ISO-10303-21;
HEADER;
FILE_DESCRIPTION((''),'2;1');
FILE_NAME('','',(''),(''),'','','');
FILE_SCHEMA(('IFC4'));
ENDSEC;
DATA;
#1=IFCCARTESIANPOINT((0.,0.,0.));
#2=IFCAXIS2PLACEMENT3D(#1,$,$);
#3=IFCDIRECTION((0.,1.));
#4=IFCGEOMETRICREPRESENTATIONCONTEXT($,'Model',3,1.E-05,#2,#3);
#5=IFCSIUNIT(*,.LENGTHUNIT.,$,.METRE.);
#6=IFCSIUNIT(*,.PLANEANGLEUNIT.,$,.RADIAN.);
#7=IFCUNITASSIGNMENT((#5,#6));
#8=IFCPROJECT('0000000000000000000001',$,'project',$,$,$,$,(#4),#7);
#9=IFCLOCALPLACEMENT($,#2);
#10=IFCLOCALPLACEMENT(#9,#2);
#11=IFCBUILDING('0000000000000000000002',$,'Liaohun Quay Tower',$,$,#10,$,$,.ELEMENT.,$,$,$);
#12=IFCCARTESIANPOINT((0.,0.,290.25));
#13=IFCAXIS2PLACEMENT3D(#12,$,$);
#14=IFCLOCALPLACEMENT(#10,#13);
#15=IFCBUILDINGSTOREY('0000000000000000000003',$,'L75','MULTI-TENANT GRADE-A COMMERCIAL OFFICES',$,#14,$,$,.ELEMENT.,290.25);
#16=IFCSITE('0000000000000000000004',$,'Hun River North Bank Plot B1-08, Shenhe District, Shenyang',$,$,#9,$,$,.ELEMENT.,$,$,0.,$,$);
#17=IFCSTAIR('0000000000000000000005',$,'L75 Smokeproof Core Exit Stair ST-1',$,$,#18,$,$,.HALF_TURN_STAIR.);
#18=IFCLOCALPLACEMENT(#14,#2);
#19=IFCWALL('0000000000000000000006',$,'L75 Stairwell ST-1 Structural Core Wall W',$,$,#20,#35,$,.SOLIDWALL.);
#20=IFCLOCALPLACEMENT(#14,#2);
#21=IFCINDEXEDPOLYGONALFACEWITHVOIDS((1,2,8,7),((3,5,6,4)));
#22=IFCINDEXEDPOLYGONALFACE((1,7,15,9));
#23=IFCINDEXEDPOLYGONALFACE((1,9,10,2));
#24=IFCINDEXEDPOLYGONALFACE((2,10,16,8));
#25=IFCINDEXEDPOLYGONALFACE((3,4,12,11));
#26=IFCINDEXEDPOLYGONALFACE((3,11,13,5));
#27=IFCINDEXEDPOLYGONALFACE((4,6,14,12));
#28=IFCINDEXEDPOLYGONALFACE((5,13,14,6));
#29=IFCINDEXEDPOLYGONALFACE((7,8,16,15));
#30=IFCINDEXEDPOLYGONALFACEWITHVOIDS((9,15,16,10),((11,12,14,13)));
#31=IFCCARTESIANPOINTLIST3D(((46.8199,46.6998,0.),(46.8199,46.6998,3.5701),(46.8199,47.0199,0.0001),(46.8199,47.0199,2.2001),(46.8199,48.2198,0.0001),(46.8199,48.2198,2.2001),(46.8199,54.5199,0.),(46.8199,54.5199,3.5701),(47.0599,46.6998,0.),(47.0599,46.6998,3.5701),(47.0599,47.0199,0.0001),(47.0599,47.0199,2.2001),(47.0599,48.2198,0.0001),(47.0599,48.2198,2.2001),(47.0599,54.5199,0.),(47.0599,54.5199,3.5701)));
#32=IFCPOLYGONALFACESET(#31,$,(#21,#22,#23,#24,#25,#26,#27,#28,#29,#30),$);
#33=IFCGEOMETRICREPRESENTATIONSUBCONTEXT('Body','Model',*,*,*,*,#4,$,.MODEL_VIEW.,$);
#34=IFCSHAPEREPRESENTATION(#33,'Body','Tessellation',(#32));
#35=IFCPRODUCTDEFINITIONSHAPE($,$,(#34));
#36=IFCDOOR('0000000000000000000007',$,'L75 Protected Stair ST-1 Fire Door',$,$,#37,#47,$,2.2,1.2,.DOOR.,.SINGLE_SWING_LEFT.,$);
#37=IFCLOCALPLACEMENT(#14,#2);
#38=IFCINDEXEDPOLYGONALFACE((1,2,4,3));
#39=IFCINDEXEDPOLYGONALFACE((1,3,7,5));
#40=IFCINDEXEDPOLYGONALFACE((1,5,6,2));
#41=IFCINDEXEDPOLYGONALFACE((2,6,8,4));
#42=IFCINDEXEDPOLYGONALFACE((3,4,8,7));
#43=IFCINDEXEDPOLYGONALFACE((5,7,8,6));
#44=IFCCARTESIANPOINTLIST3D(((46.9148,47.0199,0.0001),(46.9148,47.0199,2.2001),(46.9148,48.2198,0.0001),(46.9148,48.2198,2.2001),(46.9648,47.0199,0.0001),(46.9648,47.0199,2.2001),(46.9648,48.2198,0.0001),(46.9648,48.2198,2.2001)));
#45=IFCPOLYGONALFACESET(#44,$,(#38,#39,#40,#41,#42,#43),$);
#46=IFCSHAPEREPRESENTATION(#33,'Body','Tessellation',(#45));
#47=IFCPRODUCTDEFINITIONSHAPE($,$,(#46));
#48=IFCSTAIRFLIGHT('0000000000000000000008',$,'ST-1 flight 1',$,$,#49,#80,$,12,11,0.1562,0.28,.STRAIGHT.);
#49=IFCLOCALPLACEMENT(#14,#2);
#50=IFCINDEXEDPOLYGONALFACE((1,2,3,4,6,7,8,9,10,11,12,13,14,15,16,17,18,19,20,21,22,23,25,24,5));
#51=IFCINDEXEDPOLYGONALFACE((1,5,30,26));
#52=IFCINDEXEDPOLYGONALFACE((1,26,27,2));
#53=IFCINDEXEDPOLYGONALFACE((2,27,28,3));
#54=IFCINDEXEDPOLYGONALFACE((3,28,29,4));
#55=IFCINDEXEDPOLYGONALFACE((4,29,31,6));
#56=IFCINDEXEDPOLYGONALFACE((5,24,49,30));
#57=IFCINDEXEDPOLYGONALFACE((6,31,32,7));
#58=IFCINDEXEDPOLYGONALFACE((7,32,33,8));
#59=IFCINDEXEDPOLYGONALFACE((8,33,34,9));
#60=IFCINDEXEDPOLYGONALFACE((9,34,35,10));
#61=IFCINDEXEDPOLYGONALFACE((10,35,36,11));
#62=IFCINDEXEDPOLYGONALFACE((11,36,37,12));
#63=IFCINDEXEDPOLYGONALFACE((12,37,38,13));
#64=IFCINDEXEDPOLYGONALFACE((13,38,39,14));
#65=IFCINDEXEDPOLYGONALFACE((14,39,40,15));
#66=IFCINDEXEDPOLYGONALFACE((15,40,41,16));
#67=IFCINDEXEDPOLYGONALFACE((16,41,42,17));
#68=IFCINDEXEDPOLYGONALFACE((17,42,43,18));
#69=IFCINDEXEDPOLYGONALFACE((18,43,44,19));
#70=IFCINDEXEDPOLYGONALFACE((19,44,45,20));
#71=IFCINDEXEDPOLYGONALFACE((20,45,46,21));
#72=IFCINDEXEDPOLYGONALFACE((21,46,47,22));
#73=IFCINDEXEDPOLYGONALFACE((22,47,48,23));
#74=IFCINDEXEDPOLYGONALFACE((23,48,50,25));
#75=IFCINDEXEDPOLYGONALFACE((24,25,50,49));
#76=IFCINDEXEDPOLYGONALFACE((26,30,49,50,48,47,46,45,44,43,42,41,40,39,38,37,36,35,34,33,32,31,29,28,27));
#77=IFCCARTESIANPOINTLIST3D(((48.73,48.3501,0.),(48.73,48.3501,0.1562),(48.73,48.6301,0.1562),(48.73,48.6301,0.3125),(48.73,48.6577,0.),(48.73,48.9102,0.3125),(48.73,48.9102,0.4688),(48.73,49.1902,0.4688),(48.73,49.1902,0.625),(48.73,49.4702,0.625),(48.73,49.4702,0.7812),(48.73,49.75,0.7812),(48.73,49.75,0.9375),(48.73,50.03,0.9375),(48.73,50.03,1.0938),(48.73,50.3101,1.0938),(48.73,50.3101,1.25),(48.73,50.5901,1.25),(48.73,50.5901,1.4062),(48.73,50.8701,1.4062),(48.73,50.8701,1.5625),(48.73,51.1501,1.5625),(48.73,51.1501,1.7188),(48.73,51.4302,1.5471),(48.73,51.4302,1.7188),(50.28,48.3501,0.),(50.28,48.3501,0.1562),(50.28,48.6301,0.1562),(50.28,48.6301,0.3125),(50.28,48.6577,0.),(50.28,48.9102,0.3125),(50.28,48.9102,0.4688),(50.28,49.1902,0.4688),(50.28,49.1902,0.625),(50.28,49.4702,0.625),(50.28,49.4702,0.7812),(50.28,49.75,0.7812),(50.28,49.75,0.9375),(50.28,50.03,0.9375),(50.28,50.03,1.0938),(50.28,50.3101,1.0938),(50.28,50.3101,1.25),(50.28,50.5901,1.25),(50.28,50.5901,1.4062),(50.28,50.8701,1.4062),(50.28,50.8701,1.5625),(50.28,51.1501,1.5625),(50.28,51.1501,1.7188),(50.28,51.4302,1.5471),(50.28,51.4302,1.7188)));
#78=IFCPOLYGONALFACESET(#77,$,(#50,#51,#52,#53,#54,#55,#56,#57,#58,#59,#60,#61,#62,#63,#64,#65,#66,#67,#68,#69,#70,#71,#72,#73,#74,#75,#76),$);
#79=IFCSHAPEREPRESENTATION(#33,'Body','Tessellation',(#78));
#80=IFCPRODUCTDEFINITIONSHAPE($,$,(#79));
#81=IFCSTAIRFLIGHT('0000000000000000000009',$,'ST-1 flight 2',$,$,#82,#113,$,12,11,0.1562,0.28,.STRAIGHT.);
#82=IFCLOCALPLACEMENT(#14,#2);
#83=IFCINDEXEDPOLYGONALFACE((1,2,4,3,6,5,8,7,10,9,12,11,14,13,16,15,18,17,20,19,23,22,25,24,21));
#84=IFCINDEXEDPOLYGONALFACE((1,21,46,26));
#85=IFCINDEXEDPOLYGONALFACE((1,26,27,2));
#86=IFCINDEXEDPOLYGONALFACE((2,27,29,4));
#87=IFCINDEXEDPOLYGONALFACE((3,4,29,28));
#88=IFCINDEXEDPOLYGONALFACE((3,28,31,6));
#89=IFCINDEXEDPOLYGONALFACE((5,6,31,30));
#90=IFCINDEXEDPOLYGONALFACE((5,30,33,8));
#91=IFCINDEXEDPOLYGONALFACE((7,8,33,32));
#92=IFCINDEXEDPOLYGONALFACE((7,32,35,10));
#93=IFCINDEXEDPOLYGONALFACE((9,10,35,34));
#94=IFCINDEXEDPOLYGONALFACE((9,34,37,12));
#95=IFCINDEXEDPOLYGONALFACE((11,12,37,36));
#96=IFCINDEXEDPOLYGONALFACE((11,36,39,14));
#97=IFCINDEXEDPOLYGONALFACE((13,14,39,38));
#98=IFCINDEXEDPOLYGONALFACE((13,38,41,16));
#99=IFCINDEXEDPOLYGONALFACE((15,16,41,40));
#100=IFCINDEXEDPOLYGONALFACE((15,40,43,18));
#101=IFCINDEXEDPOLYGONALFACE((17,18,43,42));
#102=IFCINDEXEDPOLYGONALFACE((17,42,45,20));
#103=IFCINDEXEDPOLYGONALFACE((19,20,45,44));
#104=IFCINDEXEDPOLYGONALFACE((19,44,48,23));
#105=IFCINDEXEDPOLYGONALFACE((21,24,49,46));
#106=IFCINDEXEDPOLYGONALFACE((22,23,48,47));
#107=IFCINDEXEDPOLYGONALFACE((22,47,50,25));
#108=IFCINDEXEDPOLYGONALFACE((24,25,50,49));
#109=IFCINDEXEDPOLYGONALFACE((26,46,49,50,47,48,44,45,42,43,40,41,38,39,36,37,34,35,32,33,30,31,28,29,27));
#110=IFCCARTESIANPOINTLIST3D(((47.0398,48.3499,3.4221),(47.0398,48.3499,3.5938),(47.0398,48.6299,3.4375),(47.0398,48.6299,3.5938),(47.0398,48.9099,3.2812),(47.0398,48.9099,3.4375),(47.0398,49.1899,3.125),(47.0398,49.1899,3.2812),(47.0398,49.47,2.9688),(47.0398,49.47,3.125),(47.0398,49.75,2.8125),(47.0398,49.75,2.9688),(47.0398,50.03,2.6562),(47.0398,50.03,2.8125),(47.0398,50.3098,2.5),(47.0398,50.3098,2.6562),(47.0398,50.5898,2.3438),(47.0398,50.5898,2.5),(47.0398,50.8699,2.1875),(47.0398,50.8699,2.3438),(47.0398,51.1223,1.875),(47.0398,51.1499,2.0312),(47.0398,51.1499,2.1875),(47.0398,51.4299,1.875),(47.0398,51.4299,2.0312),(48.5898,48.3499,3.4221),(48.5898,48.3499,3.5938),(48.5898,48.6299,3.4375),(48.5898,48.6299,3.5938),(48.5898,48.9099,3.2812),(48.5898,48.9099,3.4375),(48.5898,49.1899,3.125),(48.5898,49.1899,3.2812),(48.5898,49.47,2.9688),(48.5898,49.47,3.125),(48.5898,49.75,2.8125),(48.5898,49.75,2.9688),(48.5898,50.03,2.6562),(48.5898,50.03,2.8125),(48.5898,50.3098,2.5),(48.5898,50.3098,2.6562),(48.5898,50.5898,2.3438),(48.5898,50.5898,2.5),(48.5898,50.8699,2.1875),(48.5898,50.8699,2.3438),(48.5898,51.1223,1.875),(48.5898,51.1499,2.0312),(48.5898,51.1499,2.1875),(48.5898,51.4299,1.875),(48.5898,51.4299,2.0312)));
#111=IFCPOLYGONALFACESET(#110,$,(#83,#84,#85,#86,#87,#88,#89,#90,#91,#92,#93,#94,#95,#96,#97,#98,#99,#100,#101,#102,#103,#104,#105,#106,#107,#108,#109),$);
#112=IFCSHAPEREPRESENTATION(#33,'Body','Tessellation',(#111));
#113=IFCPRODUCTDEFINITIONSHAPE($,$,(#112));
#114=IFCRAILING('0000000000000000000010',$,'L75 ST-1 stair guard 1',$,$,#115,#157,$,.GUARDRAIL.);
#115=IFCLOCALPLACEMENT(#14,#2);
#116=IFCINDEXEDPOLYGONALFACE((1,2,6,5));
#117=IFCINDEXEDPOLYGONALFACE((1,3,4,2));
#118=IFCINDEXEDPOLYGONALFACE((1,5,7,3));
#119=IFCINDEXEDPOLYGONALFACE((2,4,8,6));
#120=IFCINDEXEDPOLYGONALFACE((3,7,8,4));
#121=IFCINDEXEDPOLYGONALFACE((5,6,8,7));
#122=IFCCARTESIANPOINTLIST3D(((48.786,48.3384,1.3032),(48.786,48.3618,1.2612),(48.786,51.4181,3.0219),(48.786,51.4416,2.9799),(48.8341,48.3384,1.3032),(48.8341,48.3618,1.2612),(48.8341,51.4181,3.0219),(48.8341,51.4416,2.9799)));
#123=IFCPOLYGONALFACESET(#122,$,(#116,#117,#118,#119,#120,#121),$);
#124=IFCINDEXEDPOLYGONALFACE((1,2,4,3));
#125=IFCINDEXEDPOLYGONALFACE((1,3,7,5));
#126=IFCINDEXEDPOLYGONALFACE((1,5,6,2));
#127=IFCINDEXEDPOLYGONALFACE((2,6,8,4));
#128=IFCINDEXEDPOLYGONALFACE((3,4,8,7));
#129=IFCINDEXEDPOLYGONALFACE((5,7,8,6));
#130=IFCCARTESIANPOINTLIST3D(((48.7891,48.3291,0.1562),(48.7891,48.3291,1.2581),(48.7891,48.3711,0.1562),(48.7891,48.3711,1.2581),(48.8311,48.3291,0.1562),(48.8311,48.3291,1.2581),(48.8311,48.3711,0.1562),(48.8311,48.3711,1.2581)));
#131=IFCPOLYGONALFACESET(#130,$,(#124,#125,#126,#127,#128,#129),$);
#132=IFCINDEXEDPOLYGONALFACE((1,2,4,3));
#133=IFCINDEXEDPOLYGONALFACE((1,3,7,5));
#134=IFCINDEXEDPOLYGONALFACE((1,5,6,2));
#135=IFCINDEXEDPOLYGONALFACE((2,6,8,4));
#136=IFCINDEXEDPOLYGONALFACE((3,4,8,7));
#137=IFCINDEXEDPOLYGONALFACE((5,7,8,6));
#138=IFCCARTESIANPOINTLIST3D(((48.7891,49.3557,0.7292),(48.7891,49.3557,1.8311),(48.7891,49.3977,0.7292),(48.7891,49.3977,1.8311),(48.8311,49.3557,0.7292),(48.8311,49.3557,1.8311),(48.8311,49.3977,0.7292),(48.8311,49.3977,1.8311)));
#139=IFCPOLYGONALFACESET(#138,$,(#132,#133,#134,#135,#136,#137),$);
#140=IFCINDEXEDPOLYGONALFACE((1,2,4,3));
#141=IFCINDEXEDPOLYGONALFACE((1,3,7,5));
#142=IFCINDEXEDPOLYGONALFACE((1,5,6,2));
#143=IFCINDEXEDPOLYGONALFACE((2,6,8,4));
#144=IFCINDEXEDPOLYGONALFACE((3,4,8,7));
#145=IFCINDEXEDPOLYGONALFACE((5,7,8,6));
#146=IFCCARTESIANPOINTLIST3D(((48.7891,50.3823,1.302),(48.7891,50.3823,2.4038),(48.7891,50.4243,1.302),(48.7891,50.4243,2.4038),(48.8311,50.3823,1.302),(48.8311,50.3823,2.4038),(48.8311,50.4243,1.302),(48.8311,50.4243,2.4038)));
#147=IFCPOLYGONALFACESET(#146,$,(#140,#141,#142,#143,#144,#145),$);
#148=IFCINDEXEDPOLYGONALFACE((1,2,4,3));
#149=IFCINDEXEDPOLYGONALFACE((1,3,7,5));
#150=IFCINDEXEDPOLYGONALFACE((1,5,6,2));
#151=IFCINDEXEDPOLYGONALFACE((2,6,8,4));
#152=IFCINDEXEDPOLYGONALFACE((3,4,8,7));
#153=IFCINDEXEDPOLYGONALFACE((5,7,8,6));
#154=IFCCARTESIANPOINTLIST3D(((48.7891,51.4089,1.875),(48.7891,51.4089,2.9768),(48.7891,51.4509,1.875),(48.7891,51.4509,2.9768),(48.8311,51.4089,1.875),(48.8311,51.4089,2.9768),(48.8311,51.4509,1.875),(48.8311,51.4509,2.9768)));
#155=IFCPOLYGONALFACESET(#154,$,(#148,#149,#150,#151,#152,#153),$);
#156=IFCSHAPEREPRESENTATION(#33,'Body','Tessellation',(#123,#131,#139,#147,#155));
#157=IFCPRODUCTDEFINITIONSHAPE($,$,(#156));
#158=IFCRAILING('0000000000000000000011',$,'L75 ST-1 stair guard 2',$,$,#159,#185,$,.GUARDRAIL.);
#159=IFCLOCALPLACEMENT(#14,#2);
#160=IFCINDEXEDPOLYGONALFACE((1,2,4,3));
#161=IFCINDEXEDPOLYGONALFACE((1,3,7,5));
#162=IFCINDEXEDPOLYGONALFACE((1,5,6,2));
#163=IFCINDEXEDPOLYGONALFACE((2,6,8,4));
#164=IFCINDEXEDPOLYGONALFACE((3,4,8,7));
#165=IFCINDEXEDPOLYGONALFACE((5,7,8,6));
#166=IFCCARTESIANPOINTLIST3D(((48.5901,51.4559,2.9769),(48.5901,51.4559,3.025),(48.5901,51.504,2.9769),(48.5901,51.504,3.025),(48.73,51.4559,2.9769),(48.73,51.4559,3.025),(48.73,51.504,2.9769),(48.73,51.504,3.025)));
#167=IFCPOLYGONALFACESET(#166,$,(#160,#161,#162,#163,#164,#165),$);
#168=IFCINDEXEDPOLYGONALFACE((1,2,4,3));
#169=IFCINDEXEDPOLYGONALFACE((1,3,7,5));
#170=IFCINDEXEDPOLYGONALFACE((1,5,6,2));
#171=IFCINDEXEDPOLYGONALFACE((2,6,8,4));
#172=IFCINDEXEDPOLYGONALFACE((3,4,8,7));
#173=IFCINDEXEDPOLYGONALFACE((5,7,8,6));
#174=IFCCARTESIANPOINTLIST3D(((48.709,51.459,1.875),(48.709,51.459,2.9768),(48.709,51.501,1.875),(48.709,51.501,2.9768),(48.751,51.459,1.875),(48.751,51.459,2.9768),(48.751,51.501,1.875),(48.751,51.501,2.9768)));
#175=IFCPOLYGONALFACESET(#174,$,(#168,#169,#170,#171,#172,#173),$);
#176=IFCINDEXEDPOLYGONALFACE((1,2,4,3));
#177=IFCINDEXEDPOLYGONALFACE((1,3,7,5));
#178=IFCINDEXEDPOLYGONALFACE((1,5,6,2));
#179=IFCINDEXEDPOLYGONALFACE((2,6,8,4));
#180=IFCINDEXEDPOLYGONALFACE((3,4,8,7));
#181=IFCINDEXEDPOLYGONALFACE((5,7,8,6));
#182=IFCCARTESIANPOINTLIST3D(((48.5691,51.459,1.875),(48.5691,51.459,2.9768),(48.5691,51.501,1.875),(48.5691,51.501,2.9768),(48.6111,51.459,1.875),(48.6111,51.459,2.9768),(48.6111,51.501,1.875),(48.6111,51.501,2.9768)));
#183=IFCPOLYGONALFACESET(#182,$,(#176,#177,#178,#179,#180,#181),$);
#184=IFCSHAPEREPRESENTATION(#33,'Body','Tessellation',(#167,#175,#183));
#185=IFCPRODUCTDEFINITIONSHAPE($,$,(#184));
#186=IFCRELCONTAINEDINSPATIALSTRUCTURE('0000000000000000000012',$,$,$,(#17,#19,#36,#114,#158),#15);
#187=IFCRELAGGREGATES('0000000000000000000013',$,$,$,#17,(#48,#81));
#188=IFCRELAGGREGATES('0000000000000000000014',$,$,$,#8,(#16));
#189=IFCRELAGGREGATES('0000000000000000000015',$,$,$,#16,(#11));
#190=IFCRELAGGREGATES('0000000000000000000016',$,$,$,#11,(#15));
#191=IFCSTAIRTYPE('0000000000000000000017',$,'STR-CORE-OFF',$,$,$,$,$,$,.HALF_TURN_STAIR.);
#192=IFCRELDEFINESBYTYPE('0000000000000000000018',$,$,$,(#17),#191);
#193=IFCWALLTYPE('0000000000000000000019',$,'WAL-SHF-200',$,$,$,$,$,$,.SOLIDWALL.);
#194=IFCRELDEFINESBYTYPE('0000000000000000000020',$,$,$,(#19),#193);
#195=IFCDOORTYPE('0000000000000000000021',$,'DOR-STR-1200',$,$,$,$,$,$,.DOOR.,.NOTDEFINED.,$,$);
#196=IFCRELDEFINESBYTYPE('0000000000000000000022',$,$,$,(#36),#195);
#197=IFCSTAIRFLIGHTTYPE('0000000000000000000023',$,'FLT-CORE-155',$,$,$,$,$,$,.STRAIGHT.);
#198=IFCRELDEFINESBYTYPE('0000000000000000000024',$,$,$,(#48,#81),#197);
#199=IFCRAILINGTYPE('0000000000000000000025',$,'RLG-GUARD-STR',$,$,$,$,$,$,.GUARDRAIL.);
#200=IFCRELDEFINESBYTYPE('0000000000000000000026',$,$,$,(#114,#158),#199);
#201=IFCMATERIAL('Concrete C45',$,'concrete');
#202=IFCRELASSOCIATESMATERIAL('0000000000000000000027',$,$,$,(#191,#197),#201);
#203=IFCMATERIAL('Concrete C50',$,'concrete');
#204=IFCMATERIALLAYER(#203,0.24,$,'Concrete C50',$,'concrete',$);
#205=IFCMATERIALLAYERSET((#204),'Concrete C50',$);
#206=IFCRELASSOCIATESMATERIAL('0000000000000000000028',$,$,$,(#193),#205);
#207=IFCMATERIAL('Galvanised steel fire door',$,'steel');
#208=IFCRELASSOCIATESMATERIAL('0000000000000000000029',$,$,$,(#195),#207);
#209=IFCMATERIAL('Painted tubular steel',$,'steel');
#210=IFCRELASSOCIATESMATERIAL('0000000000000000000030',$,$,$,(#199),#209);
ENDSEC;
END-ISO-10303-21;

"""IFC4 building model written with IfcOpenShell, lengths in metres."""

from ifc_helpers import new_model, si_unit, direction, frame, frame_2d, origin, origin_2d, place, context, subcontext, project, spatial, polyline, rectangle, outline, extrude, source, transform, mapped, material, layer, layer_set, type_object, element, fill, aggregate, save


model = new_model("IFC4")

# Units and contexts
model_context = context("Model", 3, precision=1e-05, world=origin(), true_north=direction((0.0, 1.0)))
body_context = subcontext(model_context, "Body", "Model", "MODEL_VIEW")
ifc_project = project(units=[si_unit("LENGTHUNIT", "METRE"), si_unit("PLANEANGLEUNIT", "RADIAN")], contexts=[model_context])

# Site, building, storey
site_placement = place(None, origin())
site = spatial("IfcSite", under=ifc_project, at=site_placement, Name="Hun River North Bank Plot B1-08, Shenhe District, Shenyang", CompositionType="ELEMENT", RefElevation=0.0)
building_placement = place(site_placement, origin())
building = spatial("IfcBuilding", under=site, at=building_placement, Name="Liaohun Quay Tower", CompositionType="ELEMENT")
storey_placement = place(building_placement, frame((0.0, 0.0, 290.25)))
storey = spatial("IfcBuildingStorey", under=building, at=storey_placement, Name="L75", Description="MULTI-TENANT GRADE-A COMMERCIAL OFFICES", CompositionType="ELEMENT", Elevation=290.25)

# Shared definitions
ifc_material_1 = material(Name="Concrete C50", Category="concrete")

# Stair
ifc_material_2 = material(Name="Concrete C45", Category="concrete")
stair_type = type_object("IfcStairType", Name="STR-CORE-OFF", PredefinedType="HALF_TURN_STAIR", material=ifc_material_2)
stair_1_placement = place(storey_placement, origin())
stair_1 = element("IfcStair", 1, at=stair_1_placement, inside=storey, type_object=stair_type, Name="L75 Smokeproof Core Exit Stair ST-1", PredefinedType="HALF_TURN_STAIR")

# Shared definitions
ifc_layer_1 = layer(ifc_material_1, 0.24, Name="Concrete C50", Category="concrete")
ifc_layer_set_1 = layer_set([ifc_layer_1], Name="Concrete C50")
wall_type_1 = type_object("IfcWallType", Name="WAL-SHF-200", PredefinedType="SOLIDWALL", material=ifc_layer_set_1)

# Wall, opening, door
wall_1_placement = place(storey_placement, frame((46.9399, 54.52, 0.0), z_axis=(0.0, 0.0, 1.0), x_axis=(0.0, -1.0, 0.0)))
wall_1 = element("IfcWall", 2, at=wall_1_placement, inside=storey, type_object=wall_type_1, Name="L75 Stairwell ST-1 Structural Core Wall W", PredefinedType="SOLIDWALL", context=body_context, shape_type="SweptSolid", body=[
    extrude(rectangle(XDim=7.8201, YDim=0.24, at=frame_2d((3.9102, 0.0))), origin(), (0.0, 0.0, 1.0), 3.5701),
])
shared_shape_1 = source(origin(), body_context, "Body", "SweptSolid", [
    extrude(rectangle(XDim=1.2, YDim=2.2, at=frame_2d((0.6001, 1.1001))), frame((0.0, 0.1299, 0.0), z_axis=(0.0, -1.0, 0.0), x_axis=(1.0, 0.0, 0.0)), (0.0, 0.0, 1.0), 0.26),
])
opening_1_placement = place(wall_1_placement, frame((6.3, 0.0, 0.0)))
opening_1 = element("IfcOpeningElement", 3, at=opening_1_placement, cuts=wall_1, PredefinedType="OPENING", context=body_context, shape_type="MappedRepresentation", body=[
    mapped(shared_shape_1, transform((0.0, 0.0, 0.0), x_axis=(1.0, 0.0, 0.0), y_axis=(0.0, 1.0, 0.0), z_axis=(0.0, 0.0, 1.0), scale=1.0)),
])
ifc_material_3 = material(Name="Galvanised steel fire door", Category="steel")
door_type_1 = type_object("IfcDoorType", Name="DOR-STR-1200", OperationType="NOTDEFINED", PredefinedType="DOOR", material=ifc_material_3)
shared_shape_2 = source(origin(), body_context, "Body", "SweptSolid", [
    extrude(rectangle(XDim=1.2, YDim=2.2, at=frame_2d((0.6001, 1.1001))), frame((0.0, 0.0249, 0.0), z_axis=(0.0, -1.0, 0.0), x_axis=(1.0, 0.0, 0.0)), (0.0, 0.0, 1.0), 0.05),
])
door_1_placement = place(opening_1_placement, origin())
door_1 = element("IfcDoor", 4, at=door_1_placement, inside=storey, type_object=door_type_1, Name="L75 Protected Stair ST-1 Fire Door", OperationType="SINGLE_SWING_LEFT", OverallHeight=2.2, OverallWidth=1.2, PredefinedType="DOOR", context=body_context, shape_type="MappedRepresentation", body=[
    mapped(shared_shape_2, transform((0.0, 0.0, 0.0), x_axis=(1.0, 0.0, 0.0), y_axis=(0.0, 1.0, 0.0), z_axis=(0.0, 0.0, 1.0), scale=1.0)),
])
fill(opening_1, door_1)

# Stair flights
stair_flight_type = type_object("IfcStairFlightType", Name="FLT-CORE-155", PredefinedType="STRAIGHT", material=ifc_material_2)
stair_flight_1_placement = place(storey_placement, frame((49.5049, 48.3501, 0.0), z_axis=(0.0, 0.0, 1.0), x_axis=(0.0, 1.0, 0.0)))
stair_flight_1 = element("IfcStairFlight", 5, at=stair_flight_1_placement, type_object=stair_flight_type, Name="ST-1 flight 1", NumberOfRisers=12, NumberOfTreads=11, PredefinedType="STRAIGHT", RiserHeight=0.1562, TreadLength=0.28, context=body_context, shape_type="SweptSolid", body=[
    extrude(outline(polyline([(0.0, 0.0), (0.0, 0.1562), (0.28, 0.1562), (0.28, 0.3125), (0.5601, 0.3125), (0.5601, 0.4688), (0.8401, 0.4688), (0.8401, 0.625), (1.1201, 0.625), (1.1201, 0.7812), (1.3999, 0.7812), (1.3999, 0.9375), (1.6799, 0.9375), (1.6799, 1.0938), (1.96, 1.0938), (1.96, 1.25), (2.24, 1.25), (2.24, 1.4062), (2.52, 1.4062), (2.52, 1.5625), (2.8, 1.5625), (2.8, 1.7188), (3.0801, 1.7188), (3.0801, 1.875), (3.0801, 1.5471), (0.3076, 0.0), (0.0, 0.0)])), frame((0.0, 0.7749, 0.0), z_axis=(0.0, -1.0, 0.0), x_axis=(1.0, 0.0, 0.0)), (0.0, 0.0, 1.0), 1.55),
])
stair_flight_2_placement = place(storey_placement, frame((47.8149, 51.4299, 1.875), z_axis=(0.0, 0.0, 1.0), x_axis=(0.0, -1.0, 0.0)))
stair_flight_2 = element("IfcStairFlight", 6, at=stair_flight_2_placement, type_object=stair_flight_type, Name="ST-1 flight 2", NumberOfRisers=12, NumberOfTreads=11, PredefinedType="STRAIGHT", RiserHeight=0.1562, TreadLength=0.28, context=body_context, shape_type="SweptSolid", body=[
    extrude(outline(polyline([(0.0, 0.0), (0.0, 0.1562), (0.28, 0.1562), (0.28, 0.3125), (0.5601, 0.3125), (0.5601, 0.4688), (0.8401, 0.4688), (0.8401, 0.625), (1.1201, 0.625), (1.1201, 0.7812), (1.3999, 0.7812), (1.3999, 0.9375), (1.6799, 0.9375), (1.6799, 1.0938), (1.96, 1.0938), (1.96, 1.25), (2.24, 1.25), (2.24, 1.4062), (2.52, 1.4062), (2.52, 1.5625), (2.8, 1.5625), (2.8, 1.7188), (3.0801, 1.7188), (3.0801, 1.875), (3.0801, 1.5471), (0.3076, 0.0), (0.0, 0.0)])), frame((0.0, 0.7749, 0.0), z_axis=(0.0, -1.0, 0.0), x_axis=(1.0, 0.0, 0.0)), (0.0, 0.0, 1.0), 1.55),
])
aggregate(stair_1, [stair_flight_1, stair_flight_2])

# Railings
ifc_material_4 = material(Name="Painted tubular steel", Category="steel")
railing_type_1 = type_object("IfcRailingType", Name="RLG-GUARD-STR", PredefinedType="GUARDRAIL", material=ifc_material_4)
railing_1_placement = place(storey_placement, frame((48.8101, 48.3501, 0.1562)))
element("IfcRailing", 7, at=railing_1_placement, inside=storey, type_object=railing_type_1, Name="L75 ST-1 stair guard 1", PredefinedType="GUARDRAIL", context=body_context, shape_type="SweptSolid", body=[
    extrude(rectangle(XDim=0.0481, YDim=0.0481, at=origin_2d()), frame((0.0, 0.0, 1.126), z_axis=(0.0, 0.873225, 0.487317), x_axis=(-1.0, 0.0, 0.0)), (0.0, 0.0, 1.0), 3.5269),
    extrude(rectangle(XDim=0.042, YDim=0.042, at=origin_2d()), origin(), (0.0, 0.0, 1.0), 1.1018),
    extrude(rectangle(XDim=0.042, YDim=0.042, at=origin_2d()), frame((0.0, 1.0266, 0.573)), (0.0, 0.0, 1.0), 1.1018),
    extrude(rectangle(XDim=0.042, YDim=0.042, at=origin_2d()), frame((0.0, 2.0532, 1.1458)), (0.0, 0.0, 1.0), 1.1018),
    extrude(rectangle(XDim=0.042, YDim=0.042, at=origin_2d()), frame((0.0, 3.0798, 1.7188)), (0.0, 0.0, 1.0), 1.1018),
])
railing_2_placement = place(storey_placement, frame((48.73, 51.48, 1.875)))
element("IfcRailing", 8, at=railing_2_placement, inside=storey, type_object=railing_type_1, Name="L75 ST-1 stair guard 2", PredefinedType="GUARDRAIL", context=body_context, shape_type="SweptSolid", body=[
    extrude(rectangle(XDim=0.0481, YDim=0.0481, at=origin_2d()), frame((0.0, 0.0, 1.126), z_axis=(-1.0, 0.0, 0.0), x_axis=(0.0, -1.0, 0.0)), (0.0, 0.0, 1.0), 0.1399),
    extrude(rectangle(XDim=0.042, YDim=0.042, at=origin_2d()), origin(), (0.0, 0.0, 1.0), 1.1018),
    extrude(rectangle(XDim=0.042, YDim=0.042, at=origin_2d()), frame((-0.1399, 0.0, 0.0)), (0.0, 0.0, 1.0), 1.1018),
])

save(model, "model.ifc")
